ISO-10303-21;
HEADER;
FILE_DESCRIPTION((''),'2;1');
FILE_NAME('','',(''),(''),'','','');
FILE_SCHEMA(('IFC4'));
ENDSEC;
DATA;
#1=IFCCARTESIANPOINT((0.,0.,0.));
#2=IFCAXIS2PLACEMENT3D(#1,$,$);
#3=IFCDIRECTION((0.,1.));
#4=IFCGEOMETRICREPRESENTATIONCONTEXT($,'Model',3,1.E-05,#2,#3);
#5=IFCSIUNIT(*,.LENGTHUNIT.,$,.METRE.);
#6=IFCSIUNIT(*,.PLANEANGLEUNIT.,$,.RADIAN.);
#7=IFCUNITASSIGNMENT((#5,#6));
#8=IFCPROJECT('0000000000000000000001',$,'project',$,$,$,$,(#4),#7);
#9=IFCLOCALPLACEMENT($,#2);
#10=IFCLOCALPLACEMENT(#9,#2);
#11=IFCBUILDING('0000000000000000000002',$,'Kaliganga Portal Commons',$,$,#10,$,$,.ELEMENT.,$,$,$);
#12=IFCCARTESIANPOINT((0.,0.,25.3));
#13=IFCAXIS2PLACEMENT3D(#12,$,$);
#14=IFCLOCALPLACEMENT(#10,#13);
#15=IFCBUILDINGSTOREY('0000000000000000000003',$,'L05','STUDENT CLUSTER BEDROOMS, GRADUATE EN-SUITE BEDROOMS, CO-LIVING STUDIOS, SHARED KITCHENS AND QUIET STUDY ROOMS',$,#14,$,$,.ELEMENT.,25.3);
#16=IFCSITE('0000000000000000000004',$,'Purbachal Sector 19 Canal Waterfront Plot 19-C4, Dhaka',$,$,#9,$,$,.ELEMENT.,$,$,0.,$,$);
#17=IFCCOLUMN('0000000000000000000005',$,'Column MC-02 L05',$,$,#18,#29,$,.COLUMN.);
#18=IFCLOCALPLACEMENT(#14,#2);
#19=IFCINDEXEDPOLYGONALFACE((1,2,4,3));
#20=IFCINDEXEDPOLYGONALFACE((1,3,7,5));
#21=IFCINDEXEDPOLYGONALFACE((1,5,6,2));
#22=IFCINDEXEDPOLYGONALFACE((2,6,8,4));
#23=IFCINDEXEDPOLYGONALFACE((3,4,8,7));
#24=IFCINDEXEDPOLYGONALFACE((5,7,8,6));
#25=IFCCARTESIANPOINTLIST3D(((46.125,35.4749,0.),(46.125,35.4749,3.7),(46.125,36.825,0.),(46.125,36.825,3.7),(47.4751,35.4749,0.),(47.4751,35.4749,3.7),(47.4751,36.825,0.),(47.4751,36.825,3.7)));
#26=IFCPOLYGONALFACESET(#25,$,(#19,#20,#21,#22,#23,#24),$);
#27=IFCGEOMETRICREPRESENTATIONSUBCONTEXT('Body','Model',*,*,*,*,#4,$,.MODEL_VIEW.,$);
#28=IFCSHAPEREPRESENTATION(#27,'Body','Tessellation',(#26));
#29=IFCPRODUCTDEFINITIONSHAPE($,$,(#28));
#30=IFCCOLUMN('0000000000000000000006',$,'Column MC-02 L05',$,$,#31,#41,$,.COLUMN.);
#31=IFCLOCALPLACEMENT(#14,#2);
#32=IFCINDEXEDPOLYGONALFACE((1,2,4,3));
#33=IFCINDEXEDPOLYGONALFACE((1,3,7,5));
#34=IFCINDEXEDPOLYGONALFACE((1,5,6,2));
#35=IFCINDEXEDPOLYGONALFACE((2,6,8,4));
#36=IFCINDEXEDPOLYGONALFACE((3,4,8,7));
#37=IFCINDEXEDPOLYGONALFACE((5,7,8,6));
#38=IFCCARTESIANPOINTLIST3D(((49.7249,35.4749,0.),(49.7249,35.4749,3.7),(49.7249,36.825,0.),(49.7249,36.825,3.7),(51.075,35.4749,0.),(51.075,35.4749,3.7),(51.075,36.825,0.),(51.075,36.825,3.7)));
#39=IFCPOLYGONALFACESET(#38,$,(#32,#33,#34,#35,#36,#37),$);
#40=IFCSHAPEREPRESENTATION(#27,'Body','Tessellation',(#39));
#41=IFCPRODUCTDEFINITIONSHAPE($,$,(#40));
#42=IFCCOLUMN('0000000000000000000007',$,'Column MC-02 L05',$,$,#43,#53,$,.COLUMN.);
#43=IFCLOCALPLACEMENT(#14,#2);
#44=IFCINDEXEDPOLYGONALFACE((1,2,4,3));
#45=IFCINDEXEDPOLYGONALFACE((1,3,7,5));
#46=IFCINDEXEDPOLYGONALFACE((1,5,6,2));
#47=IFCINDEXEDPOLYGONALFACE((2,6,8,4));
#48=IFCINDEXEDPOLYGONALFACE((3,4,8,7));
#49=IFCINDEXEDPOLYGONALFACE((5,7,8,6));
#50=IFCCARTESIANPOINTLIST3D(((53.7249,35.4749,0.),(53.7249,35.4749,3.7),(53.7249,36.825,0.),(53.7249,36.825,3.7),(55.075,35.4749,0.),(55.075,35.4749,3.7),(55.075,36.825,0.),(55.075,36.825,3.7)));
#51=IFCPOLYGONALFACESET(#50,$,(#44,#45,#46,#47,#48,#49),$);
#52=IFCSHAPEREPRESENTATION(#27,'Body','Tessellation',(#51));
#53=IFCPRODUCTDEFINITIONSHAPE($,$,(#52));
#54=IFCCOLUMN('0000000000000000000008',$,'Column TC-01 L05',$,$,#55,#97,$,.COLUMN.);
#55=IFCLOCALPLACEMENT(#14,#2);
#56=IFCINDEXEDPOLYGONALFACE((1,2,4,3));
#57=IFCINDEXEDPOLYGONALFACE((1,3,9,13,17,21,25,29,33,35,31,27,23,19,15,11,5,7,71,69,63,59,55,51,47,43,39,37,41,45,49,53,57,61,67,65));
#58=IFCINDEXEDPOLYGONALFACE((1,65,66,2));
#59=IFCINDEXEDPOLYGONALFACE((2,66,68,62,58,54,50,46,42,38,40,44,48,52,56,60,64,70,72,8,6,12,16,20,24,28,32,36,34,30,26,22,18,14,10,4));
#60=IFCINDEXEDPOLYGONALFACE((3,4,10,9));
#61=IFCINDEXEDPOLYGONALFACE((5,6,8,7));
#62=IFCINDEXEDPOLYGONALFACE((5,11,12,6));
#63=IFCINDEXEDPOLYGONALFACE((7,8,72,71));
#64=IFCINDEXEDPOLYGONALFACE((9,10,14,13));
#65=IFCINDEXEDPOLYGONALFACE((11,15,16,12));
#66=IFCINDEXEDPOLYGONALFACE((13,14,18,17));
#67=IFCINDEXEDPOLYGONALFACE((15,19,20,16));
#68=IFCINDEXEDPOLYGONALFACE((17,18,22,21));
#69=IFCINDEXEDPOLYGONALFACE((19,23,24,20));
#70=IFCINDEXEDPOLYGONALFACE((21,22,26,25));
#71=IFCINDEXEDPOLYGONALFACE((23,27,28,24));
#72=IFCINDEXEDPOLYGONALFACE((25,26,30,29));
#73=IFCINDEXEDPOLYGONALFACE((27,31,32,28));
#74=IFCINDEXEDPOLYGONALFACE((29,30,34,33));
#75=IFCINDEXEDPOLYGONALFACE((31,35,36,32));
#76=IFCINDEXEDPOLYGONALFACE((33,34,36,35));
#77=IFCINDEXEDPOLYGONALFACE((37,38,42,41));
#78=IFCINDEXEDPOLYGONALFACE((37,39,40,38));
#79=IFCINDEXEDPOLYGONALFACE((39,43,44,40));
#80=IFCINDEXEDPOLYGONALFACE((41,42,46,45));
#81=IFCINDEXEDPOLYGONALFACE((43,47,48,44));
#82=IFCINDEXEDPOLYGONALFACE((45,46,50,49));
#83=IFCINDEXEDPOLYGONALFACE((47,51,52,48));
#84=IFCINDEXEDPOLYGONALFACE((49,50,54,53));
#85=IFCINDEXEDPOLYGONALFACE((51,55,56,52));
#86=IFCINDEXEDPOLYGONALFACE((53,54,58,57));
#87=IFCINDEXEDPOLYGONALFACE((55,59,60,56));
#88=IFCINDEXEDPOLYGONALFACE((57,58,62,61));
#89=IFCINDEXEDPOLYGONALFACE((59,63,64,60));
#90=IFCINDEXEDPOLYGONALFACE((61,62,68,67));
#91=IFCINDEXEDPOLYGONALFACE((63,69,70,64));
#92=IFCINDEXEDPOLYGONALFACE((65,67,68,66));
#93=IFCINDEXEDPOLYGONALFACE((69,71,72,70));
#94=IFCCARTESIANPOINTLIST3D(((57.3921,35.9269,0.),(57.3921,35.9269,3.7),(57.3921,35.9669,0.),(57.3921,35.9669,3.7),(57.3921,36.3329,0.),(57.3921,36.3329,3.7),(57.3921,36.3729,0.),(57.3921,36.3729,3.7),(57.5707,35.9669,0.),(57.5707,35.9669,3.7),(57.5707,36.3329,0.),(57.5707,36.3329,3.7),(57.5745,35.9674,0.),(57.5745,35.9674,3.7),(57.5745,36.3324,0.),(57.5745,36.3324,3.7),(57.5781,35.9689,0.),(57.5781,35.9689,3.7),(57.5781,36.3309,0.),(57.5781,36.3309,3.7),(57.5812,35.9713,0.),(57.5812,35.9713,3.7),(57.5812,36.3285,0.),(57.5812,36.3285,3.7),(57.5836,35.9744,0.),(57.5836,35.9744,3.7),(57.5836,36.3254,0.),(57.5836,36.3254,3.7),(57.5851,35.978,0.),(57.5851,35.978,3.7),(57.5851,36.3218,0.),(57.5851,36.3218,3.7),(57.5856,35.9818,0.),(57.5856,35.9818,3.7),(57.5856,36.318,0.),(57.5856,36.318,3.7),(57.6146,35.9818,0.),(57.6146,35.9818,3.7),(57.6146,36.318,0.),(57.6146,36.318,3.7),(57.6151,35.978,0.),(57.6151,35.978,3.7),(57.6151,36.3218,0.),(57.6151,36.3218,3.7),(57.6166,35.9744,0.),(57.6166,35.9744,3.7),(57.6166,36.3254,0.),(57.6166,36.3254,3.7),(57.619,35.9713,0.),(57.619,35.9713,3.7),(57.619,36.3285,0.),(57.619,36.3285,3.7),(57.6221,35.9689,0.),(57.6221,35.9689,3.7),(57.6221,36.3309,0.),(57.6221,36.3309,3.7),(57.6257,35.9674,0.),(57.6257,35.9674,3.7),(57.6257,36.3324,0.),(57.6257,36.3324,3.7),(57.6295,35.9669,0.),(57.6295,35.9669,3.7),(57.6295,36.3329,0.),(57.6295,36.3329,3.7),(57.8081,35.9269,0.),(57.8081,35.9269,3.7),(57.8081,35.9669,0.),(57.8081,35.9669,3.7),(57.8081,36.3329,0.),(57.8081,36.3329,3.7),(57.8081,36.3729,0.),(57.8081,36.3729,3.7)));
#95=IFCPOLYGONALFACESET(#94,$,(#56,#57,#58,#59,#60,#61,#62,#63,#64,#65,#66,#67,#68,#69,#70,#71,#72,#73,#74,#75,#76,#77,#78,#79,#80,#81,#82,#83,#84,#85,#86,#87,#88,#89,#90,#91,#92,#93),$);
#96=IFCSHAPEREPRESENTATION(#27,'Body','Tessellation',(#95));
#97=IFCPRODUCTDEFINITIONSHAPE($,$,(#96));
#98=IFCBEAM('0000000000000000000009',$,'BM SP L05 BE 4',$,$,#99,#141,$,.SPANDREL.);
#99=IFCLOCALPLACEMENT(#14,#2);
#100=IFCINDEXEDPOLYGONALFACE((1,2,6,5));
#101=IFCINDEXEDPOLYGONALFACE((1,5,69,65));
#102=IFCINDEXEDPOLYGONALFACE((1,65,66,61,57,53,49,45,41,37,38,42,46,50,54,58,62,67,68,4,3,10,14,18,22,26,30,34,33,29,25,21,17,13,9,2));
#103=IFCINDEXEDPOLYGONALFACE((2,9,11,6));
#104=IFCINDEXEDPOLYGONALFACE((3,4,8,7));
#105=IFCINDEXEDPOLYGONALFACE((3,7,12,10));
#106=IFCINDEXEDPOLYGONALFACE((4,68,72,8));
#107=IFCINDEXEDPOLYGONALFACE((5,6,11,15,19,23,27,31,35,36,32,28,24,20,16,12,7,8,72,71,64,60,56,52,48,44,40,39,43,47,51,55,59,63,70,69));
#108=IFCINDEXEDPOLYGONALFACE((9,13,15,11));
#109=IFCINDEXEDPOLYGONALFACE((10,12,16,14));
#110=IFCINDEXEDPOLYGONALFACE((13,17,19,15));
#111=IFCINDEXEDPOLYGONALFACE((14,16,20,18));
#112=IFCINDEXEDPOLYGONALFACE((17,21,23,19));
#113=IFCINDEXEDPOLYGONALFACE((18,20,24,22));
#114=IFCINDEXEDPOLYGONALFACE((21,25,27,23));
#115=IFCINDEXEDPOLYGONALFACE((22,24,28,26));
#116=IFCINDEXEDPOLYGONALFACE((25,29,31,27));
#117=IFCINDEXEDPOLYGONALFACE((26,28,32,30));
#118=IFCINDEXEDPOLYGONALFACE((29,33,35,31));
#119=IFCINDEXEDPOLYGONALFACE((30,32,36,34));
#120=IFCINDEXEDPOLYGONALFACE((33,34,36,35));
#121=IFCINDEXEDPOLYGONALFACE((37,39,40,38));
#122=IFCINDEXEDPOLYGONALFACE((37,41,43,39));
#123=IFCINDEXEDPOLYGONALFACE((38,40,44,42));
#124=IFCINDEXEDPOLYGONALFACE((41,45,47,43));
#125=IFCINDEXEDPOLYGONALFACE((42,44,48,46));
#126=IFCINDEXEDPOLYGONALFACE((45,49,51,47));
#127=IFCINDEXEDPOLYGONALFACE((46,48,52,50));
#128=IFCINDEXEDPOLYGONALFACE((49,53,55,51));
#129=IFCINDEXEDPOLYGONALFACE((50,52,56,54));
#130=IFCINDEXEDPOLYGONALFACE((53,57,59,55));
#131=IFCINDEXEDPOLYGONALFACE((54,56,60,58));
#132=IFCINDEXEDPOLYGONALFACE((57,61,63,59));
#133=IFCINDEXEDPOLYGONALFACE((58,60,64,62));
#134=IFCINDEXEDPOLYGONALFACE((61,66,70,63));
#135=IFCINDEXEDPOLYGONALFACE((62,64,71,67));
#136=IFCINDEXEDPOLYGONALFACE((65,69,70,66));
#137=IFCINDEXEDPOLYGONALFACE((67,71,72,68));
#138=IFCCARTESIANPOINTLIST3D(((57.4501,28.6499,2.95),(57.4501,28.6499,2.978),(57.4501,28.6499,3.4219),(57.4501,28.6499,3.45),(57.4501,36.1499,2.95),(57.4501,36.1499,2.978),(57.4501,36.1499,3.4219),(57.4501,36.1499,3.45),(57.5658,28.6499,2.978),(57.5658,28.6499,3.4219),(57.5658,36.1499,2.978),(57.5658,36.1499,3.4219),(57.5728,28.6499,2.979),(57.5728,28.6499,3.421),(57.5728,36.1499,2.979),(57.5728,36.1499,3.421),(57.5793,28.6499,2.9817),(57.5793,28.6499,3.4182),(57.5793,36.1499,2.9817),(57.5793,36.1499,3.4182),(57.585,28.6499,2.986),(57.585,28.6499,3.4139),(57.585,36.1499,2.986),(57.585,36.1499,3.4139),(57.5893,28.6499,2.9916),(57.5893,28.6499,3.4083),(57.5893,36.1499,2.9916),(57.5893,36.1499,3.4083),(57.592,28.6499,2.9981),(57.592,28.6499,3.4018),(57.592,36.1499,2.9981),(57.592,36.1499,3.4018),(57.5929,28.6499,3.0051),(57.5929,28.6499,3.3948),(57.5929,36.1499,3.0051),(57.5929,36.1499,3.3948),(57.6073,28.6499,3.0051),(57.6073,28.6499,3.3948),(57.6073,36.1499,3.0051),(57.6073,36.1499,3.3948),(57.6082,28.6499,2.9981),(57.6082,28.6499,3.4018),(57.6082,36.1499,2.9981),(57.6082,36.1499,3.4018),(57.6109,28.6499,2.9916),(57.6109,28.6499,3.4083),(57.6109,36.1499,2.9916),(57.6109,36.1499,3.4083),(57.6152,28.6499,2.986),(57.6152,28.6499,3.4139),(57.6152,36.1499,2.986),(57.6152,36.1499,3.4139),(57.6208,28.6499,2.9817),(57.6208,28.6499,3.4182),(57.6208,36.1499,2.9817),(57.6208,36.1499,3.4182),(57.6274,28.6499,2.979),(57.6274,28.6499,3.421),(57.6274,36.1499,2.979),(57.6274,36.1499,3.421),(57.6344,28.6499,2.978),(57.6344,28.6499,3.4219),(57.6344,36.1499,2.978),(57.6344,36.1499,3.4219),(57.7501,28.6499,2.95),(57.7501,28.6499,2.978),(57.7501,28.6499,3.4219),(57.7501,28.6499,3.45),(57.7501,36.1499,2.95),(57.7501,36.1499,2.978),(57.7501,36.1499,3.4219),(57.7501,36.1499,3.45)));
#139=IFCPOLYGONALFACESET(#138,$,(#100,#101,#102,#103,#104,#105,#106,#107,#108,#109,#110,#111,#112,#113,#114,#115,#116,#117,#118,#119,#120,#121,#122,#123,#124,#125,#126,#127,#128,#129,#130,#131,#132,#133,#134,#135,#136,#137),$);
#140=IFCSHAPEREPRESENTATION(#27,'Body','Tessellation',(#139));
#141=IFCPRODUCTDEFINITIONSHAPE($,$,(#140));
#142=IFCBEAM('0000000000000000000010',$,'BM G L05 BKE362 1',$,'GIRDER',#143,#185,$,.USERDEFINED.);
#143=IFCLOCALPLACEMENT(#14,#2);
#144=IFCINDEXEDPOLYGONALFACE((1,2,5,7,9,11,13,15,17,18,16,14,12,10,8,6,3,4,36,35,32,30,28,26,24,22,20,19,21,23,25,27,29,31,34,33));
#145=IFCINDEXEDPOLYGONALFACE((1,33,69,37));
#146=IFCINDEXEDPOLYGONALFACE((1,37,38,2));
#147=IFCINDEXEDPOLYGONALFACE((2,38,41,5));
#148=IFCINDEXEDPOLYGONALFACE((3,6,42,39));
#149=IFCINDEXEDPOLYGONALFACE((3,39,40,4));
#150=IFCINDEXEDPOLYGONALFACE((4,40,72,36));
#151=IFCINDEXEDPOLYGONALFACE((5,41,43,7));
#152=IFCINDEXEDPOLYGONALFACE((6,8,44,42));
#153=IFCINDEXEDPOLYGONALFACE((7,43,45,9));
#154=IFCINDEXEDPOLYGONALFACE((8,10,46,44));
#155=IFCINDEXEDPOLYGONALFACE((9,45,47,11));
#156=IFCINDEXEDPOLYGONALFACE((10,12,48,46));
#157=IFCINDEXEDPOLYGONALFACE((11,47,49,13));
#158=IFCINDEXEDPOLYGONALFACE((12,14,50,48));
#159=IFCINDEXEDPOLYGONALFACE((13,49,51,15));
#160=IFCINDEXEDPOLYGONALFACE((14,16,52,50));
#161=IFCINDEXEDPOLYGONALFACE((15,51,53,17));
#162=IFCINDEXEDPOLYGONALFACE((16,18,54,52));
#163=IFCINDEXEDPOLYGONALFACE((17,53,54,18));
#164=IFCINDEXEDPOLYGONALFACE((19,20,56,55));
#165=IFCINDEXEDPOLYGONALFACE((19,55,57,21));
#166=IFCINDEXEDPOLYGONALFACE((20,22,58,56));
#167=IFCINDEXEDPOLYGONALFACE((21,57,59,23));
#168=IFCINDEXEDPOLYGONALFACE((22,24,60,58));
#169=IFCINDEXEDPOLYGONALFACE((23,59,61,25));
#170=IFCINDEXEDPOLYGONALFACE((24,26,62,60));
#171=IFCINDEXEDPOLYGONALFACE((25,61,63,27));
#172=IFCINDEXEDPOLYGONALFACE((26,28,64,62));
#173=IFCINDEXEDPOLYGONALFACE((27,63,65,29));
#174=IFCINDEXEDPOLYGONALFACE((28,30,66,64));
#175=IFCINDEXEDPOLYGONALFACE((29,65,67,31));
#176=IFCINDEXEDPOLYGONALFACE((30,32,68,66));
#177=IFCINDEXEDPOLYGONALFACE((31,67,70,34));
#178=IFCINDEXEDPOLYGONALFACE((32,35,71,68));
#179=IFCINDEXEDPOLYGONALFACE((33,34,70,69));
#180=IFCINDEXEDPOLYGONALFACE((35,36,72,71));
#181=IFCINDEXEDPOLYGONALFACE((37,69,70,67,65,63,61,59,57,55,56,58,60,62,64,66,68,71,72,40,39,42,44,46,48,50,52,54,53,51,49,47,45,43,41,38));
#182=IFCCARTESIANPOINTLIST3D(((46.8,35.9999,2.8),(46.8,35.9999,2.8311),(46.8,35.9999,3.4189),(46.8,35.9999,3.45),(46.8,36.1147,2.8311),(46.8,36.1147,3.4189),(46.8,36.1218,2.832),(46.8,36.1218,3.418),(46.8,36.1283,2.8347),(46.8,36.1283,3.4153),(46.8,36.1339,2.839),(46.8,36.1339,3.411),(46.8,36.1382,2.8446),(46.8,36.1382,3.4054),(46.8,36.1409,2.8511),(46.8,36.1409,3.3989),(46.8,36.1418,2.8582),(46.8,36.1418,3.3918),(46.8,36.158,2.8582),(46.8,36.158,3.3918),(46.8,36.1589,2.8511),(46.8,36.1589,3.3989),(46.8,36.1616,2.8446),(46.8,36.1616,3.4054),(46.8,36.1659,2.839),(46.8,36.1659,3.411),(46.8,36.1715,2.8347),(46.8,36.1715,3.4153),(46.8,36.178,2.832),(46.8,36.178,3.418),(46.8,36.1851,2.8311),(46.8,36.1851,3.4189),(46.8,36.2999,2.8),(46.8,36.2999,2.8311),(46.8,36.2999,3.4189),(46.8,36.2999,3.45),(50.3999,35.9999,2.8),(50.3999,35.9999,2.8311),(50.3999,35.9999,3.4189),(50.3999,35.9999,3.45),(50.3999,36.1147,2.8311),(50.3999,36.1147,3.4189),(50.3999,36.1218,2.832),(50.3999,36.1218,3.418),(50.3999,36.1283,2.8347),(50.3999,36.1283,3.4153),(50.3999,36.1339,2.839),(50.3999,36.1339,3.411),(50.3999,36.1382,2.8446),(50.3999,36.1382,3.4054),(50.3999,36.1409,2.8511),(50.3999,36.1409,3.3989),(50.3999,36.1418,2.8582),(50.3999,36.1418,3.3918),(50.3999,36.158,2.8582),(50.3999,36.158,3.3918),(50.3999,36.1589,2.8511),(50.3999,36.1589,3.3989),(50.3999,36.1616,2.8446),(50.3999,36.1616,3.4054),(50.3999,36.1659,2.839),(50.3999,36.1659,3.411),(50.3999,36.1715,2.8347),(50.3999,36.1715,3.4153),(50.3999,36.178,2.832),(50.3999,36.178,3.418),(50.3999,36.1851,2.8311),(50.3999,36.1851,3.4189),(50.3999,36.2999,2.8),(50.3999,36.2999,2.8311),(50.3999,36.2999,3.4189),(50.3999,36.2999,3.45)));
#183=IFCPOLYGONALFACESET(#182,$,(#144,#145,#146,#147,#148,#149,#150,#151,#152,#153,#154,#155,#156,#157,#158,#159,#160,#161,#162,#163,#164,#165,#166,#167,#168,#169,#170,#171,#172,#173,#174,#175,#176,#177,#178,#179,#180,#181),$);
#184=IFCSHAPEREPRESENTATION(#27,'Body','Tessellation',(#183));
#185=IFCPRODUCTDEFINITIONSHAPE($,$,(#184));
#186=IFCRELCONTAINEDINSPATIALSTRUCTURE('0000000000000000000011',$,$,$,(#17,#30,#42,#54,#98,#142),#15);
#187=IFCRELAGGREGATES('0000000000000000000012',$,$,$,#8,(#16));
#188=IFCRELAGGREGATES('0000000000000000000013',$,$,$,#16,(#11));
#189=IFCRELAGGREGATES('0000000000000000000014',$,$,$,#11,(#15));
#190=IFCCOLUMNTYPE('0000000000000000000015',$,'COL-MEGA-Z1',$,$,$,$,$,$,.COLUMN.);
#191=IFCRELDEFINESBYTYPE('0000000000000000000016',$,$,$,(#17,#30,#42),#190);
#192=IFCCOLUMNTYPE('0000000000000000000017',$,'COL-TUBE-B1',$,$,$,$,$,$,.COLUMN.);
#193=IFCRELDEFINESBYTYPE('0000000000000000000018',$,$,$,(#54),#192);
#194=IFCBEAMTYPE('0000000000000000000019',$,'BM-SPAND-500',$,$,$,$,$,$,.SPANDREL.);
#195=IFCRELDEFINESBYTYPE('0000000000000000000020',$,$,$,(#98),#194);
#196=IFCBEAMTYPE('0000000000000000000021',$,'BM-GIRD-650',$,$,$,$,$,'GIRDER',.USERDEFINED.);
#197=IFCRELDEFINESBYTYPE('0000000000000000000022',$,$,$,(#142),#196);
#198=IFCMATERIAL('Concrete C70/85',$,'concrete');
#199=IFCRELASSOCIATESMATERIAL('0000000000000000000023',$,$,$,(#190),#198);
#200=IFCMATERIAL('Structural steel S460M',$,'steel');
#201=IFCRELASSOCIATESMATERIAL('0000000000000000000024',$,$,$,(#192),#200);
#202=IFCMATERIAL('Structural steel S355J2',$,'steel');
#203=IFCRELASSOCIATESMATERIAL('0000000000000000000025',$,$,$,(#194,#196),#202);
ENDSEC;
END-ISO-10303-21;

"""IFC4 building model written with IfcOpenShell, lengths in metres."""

from ifc_helpers import new_model, si_unit, direction, frame, origin, origin_2d, place, context, subcontext, project, spatial, rectangle, i_section, extrude, source, transform, mapped, material, material_profile, profile_set, type_object, element, save


model = new_model("IFC4")

# Units and contexts
model_context = context("Model", 3, precision=1e-05, world=origin(), true_north=direction((0.0, 1.0)))
body_context = subcontext(model_context, "Body", "Model", "MODEL_VIEW")
ifc_project = project(units=[si_unit("LENGTHUNIT", "METRE"), si_unit("PLANEANGLEUNIT", "RADIAN")], contexts=[model_context])

# Site, building, storey
site_placement = place(None, origin())
site = spatial("IfcSite", under=ifc_project, at=site_placement, Name="Purbachal Sector 19 Canal Waterfront Plot 19-C4, Dhaka", CompositionType="ELEMENT", RefElevation=0.0)
building_placement = place(site_placement, origin())
building = spatial("IfcBuilding", under=site, at=building_placement, Name="Kaliganga Portal Commons", CompositionType="ELEMENT")
storey_placement = place(building_placement, frame((0.0, 0.0, 25.3)))
storey = spatial("IfcBuildingStorey", under=building, at=storey_placement, Name="L05", Description="STUDENT CLUSTER BEDROOMS, GRADUATE EN-SUITE BEDROOMS, CO-LIVING STUDIOS, SHARED KITCHENS AND QUIET STUDY ROOMS", CompositionType="ELEMENT", Elevation=25.3)

# Columns
ifc_material_1 = material(Name="Concrete C70/85", Category="concrete")
ifc_material_profile_1 = material_profile(ifc_material_1, rectangle(XDim=1.3501, YDim=1.3501, at=origin_2d()), Name="RC 1350x1350")
ifc_profile_set_1 = profile_set([ifc_material_profile_1], Name="Concrete C70/85")
column_type_1 = type_object("IfcColumnType", Name="COL-MEGA-Z1", PredefinedType="COLUMN", material=ifc_profile_set_1)
shared_shape_1 = source(origin(), body_context, "Body", "SweptSolid", [
    extrude(rectangle(XDim=1.3501, YDim=1.3501, at=origin_2d()), origin(), (0.0, 0.0, 1.0), 3.7),
])
for number, where, z_axis, x_axis, name in (
    (1, (46.8, 36.1499, 0.0), (0.0, 0.0, 1.0), (1.0, 0.0, 0.0), "Column MC-02 L05"),
    (2, (50.3999, 36.1499, 0.0), (0.0, 0.0, 1.0), (1.0, 0.0, 0.0), "Column MC-02 L05"),
    (3, (54.3999, 36.1499, 0.0), (0.0, 0.0, 1.0), (1.0, 0.0, 0.0), "Column MC-02 L05"),
):
    element("IfcColumn", number, at=place(storey_placement, frame(where, z_axis=z_axis, x_axis=x_axis)), inside=storey, type_object=column_type_1, Name=name, PredefinedType="COLUMN", context=body_context, shape_type="MappedRepresentation", body=[
        mapped(shared_shape_1, transform((0.0, 0.0, 0.0), x_axis=(1.0, 0.0, 0.0), y_axis=(0.0, 1.0, 0.0), z_axis=(0.0, 0.0, 1.0), scale=1.0)),
    ])
ifc_material_2 = material(Name="Structural steel S460M", Category="steel")
ifc_material_profile_2 = material_profile(ifc_material_2, i_section(OverallWidth=0.416, OverallDepth=0.446, WebThickness=0.0291, FlangeThickness=0.04, FilletRadius=0.0149, at=origin_2d()), Name="HD 400x509")
ifc_profile_set_2 = profile_set([ifc_material_profile_2], Name="Structural steel S460M wide-flange")
column_type_2 = type_object("IfcColumnType", Name="COL-TUBE-B1", PredefinedType="COLUMN", material=ifc_profile_set_2)
shared_shape_2 = source(origin(), body_context, "Body", "SweptSolid", [
    extrude(i_section(OverallWidth=0.416, OverallDepth=0.446, WebThickness=0.0291, FlangeThickness=0.04, FilletRadius=0.0149, at=origin_2d()), origin(), (0.0, 0.0, 1.0), 3.7),
])
column_placement = place(storey_placement, frame((57.6001, 36.1499, 0.0), z_axis=(0.0, 0.0, 1.0), x_axis=(1.0, 0.0, 0.0)))
element("IfcColumn", 4, at=column_placement, inside=storey, type_object=column_type_2, Name="Column TC-01 L05", PredefinedType="COLUMN", context=body_context, shape_type="MappedRepresentation", body=[
    mapped(shared_shape_2, transform((0.0, 0.0, 0.0), x_axis=(1.0, 0.0, 0.0), y_axis=(0.0, 1.0, 0.0), z_axis=(0.0, 0.0, 1.0), scale=1.0)),
])

# Beams
ifc_material_3 = material(Name="Structural steel S355J2", Category="steel")
ifc_material_profile_3 = material_profile(ifc_material_3, i_section(OverallWidth=0.3, OverallDepth=0.5, WebThickness=0.0144, FlangeThickness=0.0281, FilletRadius=0.0271, at=origin_2d()), Name="HE 500 B")
ifc_profile_set_3 = profile_set([ifc_material_profile_3], Name="Structural steel S355J2 wide-flange")
beam_type_1 = type_object("IfcBeamType", Name="BM-SPAND-500", PredefinedType="SPANDREL", material=ifc_profile_set_3)
shared_shape_3 = source(origin(), body_context, "Body", "SweptSolid", [
    extrude(i_section(OverallWidth=0.3, OverallDepth=0.5, WebThickness=0.0144, FlangeThickness=0.0281, FilletRadius=0.0271, at=origin_2d()), origin(), (0.0, 0.0, 1.0), 7.5),
])
beam_1_placement = place(storey_placement, frame((57.6001, 28.6499, 3.2), z_axis=(0.0, 1.0, 0.0), x_axis=(-1.0, 0.0, 0.0)))
element("IfcBeam", 5, at=beam_1_placement, inside=storey, type_object=beam_type_1, Name="BM SP L05 BE 4", PredefinedType="SPANDREL", context=body_context, shape_type="MappedRepresentation", body=[
    mapped(shared_shape_3, transform((0.0, 0.0, 0.0), x_axis=(1.0, 0.0, 0.0), y_axis=(0.0, 1.0, 0.0), z_axis=(0.0, 0.0, 1.0), scale=1.0)),
])
ifc_material_profile_4 = material_profile(ifc_material_3, i_section(OverallWidth=0.3, OverallDepth=0.6499, WebThickness=0.0161, FlangeThickness=0.031, FilletRadius=0.0271, at=origin_2d()), Name="HE 650 B")
ifc_profile_set_4 = profile_set([ifc_material_profile_4], Name="Structural steel S355J2 wide-flange")
beam_type_2 = type_object("IfcBeamType", Name="BM-GIRD-650", ElementType="GIRDER", PredefinedType="USERDEFINED", material=ifc_profile_set_4)
shared_shape_4 = source(origin(), body_context, "Body", "SweptSolid", [
    extrude(i_section(OverallWidth=0.3, OverallDepth=0.6499, WebThickness=0.0161, FlangeThickness=0.031, FilletRadius=0.0271, at=origin_2d()), origin(), (0.0, 0.0, 1.0), 3.5999),
])
beam_2_placement = place(storey_placement, frame((46.8, 36.1499, 3.125), z_axis=(1.0, 0.0, 0.0), x_axis=(0.0, 1.0, 0.0)))
element("IfcBeam", 6, at=beam_2_placement, inside=storey, type_object=beam_type_2, Name="BM G L05 BKE362 1", ObjectType="GIRDER", PredefinedType="USERDEFINED", context=body_context, shape_type="MappedRepresentation", body=[
    mapped(shared_shape_4, transform((0.0, 0.0, 0.0), x_axis=(1.0, 0.0, 0.0), y_axis=(0.0, 1.0, 0.0), z_axis=(0.0, 0.0, 1.0), scale=1.0)),
])

save(model, "model.ifc")
